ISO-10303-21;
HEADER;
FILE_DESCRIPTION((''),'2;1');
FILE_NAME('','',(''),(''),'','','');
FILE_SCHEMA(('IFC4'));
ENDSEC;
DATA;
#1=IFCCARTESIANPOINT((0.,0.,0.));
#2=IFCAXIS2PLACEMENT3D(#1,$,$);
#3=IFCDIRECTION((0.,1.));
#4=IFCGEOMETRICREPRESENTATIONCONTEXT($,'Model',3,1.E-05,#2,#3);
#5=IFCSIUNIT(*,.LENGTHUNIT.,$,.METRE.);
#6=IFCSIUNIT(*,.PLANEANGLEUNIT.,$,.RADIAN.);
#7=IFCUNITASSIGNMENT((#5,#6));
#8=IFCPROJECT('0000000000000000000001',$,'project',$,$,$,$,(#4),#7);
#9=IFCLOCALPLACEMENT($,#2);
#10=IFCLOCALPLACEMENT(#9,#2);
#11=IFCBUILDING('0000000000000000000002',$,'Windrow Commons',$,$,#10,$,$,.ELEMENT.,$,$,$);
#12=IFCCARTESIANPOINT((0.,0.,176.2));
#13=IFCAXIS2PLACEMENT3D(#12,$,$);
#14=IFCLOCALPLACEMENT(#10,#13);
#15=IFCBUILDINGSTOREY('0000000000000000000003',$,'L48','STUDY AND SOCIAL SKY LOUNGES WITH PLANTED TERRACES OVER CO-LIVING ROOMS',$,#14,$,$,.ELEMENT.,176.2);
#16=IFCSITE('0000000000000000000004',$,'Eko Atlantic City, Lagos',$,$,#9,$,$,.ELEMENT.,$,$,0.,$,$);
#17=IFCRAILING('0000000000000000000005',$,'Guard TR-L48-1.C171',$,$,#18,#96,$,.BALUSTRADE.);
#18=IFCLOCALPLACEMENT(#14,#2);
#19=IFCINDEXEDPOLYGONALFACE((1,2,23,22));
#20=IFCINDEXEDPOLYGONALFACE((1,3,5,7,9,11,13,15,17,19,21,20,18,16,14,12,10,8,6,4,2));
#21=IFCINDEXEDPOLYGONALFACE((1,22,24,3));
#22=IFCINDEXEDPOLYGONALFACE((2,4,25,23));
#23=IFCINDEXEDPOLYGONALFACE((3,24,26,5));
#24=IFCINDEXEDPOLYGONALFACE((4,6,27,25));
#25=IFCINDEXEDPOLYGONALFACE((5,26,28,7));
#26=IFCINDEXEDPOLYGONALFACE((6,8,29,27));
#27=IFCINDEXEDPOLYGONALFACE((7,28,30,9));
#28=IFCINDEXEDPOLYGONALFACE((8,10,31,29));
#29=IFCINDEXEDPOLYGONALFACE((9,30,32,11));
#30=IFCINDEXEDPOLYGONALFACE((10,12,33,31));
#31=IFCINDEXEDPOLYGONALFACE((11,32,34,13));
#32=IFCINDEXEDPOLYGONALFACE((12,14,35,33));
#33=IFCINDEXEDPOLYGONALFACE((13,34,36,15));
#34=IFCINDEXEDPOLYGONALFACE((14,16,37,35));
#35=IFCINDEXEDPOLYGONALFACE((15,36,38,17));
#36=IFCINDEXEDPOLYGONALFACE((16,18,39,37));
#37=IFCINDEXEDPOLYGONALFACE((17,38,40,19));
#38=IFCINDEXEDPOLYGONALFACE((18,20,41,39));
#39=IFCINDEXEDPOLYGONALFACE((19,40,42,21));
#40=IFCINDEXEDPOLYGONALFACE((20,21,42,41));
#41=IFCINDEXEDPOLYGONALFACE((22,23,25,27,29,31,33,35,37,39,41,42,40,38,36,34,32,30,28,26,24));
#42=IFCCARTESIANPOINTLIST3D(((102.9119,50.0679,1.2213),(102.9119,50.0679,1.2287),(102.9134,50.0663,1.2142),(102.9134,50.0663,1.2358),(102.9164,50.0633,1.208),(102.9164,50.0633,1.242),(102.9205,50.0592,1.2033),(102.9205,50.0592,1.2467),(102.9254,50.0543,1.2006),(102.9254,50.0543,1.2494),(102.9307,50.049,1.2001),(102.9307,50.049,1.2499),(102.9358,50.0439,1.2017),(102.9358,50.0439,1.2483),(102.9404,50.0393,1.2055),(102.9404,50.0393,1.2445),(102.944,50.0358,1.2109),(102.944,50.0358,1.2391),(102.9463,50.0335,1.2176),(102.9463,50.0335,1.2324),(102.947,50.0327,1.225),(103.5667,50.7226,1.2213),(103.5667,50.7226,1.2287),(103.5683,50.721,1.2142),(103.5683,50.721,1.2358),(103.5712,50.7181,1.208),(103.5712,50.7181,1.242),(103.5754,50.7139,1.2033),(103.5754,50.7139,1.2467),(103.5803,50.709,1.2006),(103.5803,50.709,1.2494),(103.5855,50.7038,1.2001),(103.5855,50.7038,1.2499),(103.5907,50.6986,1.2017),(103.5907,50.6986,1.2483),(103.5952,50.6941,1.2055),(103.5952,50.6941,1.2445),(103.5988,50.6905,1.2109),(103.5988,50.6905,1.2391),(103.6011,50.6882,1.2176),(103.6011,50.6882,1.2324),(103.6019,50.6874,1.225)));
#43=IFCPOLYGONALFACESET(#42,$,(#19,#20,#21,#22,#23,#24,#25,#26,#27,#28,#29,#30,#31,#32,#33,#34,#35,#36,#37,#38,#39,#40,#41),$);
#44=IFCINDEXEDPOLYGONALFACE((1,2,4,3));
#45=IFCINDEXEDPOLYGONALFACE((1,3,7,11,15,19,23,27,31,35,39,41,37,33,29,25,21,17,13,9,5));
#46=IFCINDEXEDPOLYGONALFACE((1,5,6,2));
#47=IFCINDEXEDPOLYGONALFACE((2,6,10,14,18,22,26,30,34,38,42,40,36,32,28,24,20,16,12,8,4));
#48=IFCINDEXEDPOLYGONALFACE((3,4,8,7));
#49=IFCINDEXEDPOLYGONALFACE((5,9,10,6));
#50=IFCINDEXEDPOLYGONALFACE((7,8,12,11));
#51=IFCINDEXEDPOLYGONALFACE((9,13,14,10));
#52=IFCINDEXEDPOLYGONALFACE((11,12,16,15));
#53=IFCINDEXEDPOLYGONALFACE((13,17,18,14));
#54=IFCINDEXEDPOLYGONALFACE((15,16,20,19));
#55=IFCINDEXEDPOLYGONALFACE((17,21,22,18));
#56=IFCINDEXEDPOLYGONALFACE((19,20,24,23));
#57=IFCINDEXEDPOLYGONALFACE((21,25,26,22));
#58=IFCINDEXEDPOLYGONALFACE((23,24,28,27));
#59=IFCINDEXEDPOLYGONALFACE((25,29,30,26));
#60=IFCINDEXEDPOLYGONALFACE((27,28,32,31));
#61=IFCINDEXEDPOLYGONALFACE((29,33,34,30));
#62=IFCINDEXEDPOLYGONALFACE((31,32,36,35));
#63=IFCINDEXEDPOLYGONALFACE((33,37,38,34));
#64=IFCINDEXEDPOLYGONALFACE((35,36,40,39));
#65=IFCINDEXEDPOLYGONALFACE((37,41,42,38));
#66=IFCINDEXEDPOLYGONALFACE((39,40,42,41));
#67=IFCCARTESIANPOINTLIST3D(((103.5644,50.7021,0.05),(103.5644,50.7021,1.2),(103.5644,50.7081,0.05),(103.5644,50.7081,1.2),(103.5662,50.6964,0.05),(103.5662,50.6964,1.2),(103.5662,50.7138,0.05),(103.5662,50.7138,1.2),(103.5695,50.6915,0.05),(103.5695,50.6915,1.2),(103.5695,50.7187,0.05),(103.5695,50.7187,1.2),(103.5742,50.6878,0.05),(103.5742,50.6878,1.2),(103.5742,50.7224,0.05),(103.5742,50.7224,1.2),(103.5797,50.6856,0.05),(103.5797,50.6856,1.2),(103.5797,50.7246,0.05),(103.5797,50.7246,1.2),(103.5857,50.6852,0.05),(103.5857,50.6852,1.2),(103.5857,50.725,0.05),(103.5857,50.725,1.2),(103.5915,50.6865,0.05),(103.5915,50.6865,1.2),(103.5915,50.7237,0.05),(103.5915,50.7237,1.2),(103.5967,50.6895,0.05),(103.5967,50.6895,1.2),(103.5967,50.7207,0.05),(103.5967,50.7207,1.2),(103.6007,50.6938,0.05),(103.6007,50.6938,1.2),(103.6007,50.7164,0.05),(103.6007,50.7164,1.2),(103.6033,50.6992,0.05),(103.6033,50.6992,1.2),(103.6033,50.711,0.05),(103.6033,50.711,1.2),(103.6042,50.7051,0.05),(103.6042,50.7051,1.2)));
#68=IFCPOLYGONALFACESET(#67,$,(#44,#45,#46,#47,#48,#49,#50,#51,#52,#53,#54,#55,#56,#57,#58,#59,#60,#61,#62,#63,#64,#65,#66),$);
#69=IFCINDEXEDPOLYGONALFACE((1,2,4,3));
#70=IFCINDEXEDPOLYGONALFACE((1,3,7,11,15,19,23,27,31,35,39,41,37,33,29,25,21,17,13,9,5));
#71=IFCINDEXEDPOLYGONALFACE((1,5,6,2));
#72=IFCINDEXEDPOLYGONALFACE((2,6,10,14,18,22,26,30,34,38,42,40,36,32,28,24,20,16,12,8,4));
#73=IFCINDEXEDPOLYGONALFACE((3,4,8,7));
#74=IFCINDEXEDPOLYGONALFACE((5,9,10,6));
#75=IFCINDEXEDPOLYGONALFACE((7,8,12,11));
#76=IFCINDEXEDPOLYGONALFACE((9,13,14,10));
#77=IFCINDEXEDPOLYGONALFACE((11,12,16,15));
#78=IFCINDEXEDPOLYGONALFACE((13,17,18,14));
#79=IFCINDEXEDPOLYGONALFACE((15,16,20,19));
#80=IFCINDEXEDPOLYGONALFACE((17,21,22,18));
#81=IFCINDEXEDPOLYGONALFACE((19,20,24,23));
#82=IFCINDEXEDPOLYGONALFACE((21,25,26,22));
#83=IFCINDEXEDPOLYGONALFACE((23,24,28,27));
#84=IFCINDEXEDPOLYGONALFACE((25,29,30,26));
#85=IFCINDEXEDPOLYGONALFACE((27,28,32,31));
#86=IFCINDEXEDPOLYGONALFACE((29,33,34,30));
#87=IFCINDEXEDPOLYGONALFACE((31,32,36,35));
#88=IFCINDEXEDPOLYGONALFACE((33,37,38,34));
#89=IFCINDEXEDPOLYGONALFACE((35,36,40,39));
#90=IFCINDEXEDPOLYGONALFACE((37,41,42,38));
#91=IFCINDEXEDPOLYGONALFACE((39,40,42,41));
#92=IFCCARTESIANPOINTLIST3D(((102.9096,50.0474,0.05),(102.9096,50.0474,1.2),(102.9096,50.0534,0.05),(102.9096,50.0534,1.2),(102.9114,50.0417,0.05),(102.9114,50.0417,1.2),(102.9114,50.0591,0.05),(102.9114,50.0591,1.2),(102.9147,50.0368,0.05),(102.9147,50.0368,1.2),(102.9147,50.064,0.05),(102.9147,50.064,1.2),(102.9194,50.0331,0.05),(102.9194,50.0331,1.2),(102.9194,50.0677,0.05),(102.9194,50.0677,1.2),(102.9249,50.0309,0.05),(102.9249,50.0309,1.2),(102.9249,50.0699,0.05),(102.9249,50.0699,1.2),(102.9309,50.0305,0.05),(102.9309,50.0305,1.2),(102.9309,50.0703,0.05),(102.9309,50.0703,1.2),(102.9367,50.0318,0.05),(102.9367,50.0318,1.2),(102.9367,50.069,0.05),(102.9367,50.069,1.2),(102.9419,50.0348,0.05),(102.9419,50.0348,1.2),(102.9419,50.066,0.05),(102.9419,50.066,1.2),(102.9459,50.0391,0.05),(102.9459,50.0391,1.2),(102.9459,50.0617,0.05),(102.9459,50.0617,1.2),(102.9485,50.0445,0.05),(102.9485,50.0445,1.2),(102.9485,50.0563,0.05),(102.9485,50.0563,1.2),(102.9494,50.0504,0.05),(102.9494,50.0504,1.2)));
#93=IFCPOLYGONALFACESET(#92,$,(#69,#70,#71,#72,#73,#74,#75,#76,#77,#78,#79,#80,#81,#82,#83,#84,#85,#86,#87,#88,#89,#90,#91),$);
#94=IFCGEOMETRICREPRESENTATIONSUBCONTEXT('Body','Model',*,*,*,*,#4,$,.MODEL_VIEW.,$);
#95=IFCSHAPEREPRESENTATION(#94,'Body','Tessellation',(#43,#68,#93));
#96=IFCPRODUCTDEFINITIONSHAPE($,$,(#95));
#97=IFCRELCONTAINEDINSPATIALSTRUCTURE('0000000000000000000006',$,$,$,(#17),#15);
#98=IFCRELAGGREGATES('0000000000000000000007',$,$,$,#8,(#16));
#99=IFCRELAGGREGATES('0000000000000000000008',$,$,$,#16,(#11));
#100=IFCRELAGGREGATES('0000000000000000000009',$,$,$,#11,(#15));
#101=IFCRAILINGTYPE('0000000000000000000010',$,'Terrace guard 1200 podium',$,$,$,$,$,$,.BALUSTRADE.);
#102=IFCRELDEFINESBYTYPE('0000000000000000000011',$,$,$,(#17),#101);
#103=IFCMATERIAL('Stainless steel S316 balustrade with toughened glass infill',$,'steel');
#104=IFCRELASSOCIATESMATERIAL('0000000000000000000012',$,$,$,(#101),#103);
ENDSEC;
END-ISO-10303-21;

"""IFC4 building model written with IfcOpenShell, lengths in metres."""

from ifc_helpers import new_model, si_unit, direction, frame, origin, origin_2d, place, context, subcontext, project, spatial, circle, extrude, material, type_object, element, save


model = new_model("IFC4")

# Units and contexts
model_context = context("Model", 3, precision=1e-05, world=origin(), true_north=direction((0.0, 1.0)))
body_context = subcontext(model_context, "Body", "Model", "MODEL_VIEW")
ifc_project = project(units=[si_unit("LENGTHUNIT", "METRE"), si_unit("PLANEANGLEUNIT", "RADIAN")], contexts=[model_context])

# Site, building, storey
site_placement = place(None, origin())
site = spatial("IfcSite", under=ifc_project, at=site_placement, Name="Eko Atlantic City, Lagos", CompositionType="ELEMENT", RefElevation=0.0)
building_placement = place(site_placement, origin())
building = spatial("IfcBuilding", under=site, at=building_placement, Name="Windrow Commons", CompositionType="ELEMENT")
storey_placement = place(building_placement, frame((0.0, 0.0, 176.2)))
storey = spatial("IfcBuildingStorey", under=building, at=storey_placement, Name="L48", Description="STUDY AND SOCIAL SKY LOUNGES WITH PLANTED TERRACES OVER CO-LIVING ROOMS", CompositionType="ELEMENT", Elevation=176.2)

# Railing
ifc_material_1 = material(Name="Stainless steel S316 balustrade with toughened glass infill", Category="steel")
railing_type_1 = type_object("IfcRailingType", Name="Terrace guard 1200 podium", PredefinedType="BALUSTRADE", material=ifc_material_1)
railing_1_placement = place(storey_placement, frame((103.5842, 50.7051, 0.05)))
element("IfcRailing", 1, at=railing_1_placement, inside=storey, type_object=railing_type_1, Name="Guard TR-L48-1.C171", PredefinedType="BALUSTRADE", context=body_context, shape_type="SweptSolid", body=[
    extrude(circle(Radius=0.025, at=origin_2d()), frame((0.0, 0.0, 1.175), z_axis=(-0.707161, -0.707053, 0.0), x_axis=(0.707053, -0.707161, 0.0)), (0.0, 0.0, 1.0), 0.926),
    extrude(circle(Radius=0.02, at=origin_2d()), origin(), (0.0, 0.0, 1.0), 1.15),
    extrude(circle(Radius=0.02, at=origin_2d()), frame((-0.6548, -0.6547, 0.0)), (0.0, 0.0, 1.0), 1.15),
])

save(model, "model.ifc")
